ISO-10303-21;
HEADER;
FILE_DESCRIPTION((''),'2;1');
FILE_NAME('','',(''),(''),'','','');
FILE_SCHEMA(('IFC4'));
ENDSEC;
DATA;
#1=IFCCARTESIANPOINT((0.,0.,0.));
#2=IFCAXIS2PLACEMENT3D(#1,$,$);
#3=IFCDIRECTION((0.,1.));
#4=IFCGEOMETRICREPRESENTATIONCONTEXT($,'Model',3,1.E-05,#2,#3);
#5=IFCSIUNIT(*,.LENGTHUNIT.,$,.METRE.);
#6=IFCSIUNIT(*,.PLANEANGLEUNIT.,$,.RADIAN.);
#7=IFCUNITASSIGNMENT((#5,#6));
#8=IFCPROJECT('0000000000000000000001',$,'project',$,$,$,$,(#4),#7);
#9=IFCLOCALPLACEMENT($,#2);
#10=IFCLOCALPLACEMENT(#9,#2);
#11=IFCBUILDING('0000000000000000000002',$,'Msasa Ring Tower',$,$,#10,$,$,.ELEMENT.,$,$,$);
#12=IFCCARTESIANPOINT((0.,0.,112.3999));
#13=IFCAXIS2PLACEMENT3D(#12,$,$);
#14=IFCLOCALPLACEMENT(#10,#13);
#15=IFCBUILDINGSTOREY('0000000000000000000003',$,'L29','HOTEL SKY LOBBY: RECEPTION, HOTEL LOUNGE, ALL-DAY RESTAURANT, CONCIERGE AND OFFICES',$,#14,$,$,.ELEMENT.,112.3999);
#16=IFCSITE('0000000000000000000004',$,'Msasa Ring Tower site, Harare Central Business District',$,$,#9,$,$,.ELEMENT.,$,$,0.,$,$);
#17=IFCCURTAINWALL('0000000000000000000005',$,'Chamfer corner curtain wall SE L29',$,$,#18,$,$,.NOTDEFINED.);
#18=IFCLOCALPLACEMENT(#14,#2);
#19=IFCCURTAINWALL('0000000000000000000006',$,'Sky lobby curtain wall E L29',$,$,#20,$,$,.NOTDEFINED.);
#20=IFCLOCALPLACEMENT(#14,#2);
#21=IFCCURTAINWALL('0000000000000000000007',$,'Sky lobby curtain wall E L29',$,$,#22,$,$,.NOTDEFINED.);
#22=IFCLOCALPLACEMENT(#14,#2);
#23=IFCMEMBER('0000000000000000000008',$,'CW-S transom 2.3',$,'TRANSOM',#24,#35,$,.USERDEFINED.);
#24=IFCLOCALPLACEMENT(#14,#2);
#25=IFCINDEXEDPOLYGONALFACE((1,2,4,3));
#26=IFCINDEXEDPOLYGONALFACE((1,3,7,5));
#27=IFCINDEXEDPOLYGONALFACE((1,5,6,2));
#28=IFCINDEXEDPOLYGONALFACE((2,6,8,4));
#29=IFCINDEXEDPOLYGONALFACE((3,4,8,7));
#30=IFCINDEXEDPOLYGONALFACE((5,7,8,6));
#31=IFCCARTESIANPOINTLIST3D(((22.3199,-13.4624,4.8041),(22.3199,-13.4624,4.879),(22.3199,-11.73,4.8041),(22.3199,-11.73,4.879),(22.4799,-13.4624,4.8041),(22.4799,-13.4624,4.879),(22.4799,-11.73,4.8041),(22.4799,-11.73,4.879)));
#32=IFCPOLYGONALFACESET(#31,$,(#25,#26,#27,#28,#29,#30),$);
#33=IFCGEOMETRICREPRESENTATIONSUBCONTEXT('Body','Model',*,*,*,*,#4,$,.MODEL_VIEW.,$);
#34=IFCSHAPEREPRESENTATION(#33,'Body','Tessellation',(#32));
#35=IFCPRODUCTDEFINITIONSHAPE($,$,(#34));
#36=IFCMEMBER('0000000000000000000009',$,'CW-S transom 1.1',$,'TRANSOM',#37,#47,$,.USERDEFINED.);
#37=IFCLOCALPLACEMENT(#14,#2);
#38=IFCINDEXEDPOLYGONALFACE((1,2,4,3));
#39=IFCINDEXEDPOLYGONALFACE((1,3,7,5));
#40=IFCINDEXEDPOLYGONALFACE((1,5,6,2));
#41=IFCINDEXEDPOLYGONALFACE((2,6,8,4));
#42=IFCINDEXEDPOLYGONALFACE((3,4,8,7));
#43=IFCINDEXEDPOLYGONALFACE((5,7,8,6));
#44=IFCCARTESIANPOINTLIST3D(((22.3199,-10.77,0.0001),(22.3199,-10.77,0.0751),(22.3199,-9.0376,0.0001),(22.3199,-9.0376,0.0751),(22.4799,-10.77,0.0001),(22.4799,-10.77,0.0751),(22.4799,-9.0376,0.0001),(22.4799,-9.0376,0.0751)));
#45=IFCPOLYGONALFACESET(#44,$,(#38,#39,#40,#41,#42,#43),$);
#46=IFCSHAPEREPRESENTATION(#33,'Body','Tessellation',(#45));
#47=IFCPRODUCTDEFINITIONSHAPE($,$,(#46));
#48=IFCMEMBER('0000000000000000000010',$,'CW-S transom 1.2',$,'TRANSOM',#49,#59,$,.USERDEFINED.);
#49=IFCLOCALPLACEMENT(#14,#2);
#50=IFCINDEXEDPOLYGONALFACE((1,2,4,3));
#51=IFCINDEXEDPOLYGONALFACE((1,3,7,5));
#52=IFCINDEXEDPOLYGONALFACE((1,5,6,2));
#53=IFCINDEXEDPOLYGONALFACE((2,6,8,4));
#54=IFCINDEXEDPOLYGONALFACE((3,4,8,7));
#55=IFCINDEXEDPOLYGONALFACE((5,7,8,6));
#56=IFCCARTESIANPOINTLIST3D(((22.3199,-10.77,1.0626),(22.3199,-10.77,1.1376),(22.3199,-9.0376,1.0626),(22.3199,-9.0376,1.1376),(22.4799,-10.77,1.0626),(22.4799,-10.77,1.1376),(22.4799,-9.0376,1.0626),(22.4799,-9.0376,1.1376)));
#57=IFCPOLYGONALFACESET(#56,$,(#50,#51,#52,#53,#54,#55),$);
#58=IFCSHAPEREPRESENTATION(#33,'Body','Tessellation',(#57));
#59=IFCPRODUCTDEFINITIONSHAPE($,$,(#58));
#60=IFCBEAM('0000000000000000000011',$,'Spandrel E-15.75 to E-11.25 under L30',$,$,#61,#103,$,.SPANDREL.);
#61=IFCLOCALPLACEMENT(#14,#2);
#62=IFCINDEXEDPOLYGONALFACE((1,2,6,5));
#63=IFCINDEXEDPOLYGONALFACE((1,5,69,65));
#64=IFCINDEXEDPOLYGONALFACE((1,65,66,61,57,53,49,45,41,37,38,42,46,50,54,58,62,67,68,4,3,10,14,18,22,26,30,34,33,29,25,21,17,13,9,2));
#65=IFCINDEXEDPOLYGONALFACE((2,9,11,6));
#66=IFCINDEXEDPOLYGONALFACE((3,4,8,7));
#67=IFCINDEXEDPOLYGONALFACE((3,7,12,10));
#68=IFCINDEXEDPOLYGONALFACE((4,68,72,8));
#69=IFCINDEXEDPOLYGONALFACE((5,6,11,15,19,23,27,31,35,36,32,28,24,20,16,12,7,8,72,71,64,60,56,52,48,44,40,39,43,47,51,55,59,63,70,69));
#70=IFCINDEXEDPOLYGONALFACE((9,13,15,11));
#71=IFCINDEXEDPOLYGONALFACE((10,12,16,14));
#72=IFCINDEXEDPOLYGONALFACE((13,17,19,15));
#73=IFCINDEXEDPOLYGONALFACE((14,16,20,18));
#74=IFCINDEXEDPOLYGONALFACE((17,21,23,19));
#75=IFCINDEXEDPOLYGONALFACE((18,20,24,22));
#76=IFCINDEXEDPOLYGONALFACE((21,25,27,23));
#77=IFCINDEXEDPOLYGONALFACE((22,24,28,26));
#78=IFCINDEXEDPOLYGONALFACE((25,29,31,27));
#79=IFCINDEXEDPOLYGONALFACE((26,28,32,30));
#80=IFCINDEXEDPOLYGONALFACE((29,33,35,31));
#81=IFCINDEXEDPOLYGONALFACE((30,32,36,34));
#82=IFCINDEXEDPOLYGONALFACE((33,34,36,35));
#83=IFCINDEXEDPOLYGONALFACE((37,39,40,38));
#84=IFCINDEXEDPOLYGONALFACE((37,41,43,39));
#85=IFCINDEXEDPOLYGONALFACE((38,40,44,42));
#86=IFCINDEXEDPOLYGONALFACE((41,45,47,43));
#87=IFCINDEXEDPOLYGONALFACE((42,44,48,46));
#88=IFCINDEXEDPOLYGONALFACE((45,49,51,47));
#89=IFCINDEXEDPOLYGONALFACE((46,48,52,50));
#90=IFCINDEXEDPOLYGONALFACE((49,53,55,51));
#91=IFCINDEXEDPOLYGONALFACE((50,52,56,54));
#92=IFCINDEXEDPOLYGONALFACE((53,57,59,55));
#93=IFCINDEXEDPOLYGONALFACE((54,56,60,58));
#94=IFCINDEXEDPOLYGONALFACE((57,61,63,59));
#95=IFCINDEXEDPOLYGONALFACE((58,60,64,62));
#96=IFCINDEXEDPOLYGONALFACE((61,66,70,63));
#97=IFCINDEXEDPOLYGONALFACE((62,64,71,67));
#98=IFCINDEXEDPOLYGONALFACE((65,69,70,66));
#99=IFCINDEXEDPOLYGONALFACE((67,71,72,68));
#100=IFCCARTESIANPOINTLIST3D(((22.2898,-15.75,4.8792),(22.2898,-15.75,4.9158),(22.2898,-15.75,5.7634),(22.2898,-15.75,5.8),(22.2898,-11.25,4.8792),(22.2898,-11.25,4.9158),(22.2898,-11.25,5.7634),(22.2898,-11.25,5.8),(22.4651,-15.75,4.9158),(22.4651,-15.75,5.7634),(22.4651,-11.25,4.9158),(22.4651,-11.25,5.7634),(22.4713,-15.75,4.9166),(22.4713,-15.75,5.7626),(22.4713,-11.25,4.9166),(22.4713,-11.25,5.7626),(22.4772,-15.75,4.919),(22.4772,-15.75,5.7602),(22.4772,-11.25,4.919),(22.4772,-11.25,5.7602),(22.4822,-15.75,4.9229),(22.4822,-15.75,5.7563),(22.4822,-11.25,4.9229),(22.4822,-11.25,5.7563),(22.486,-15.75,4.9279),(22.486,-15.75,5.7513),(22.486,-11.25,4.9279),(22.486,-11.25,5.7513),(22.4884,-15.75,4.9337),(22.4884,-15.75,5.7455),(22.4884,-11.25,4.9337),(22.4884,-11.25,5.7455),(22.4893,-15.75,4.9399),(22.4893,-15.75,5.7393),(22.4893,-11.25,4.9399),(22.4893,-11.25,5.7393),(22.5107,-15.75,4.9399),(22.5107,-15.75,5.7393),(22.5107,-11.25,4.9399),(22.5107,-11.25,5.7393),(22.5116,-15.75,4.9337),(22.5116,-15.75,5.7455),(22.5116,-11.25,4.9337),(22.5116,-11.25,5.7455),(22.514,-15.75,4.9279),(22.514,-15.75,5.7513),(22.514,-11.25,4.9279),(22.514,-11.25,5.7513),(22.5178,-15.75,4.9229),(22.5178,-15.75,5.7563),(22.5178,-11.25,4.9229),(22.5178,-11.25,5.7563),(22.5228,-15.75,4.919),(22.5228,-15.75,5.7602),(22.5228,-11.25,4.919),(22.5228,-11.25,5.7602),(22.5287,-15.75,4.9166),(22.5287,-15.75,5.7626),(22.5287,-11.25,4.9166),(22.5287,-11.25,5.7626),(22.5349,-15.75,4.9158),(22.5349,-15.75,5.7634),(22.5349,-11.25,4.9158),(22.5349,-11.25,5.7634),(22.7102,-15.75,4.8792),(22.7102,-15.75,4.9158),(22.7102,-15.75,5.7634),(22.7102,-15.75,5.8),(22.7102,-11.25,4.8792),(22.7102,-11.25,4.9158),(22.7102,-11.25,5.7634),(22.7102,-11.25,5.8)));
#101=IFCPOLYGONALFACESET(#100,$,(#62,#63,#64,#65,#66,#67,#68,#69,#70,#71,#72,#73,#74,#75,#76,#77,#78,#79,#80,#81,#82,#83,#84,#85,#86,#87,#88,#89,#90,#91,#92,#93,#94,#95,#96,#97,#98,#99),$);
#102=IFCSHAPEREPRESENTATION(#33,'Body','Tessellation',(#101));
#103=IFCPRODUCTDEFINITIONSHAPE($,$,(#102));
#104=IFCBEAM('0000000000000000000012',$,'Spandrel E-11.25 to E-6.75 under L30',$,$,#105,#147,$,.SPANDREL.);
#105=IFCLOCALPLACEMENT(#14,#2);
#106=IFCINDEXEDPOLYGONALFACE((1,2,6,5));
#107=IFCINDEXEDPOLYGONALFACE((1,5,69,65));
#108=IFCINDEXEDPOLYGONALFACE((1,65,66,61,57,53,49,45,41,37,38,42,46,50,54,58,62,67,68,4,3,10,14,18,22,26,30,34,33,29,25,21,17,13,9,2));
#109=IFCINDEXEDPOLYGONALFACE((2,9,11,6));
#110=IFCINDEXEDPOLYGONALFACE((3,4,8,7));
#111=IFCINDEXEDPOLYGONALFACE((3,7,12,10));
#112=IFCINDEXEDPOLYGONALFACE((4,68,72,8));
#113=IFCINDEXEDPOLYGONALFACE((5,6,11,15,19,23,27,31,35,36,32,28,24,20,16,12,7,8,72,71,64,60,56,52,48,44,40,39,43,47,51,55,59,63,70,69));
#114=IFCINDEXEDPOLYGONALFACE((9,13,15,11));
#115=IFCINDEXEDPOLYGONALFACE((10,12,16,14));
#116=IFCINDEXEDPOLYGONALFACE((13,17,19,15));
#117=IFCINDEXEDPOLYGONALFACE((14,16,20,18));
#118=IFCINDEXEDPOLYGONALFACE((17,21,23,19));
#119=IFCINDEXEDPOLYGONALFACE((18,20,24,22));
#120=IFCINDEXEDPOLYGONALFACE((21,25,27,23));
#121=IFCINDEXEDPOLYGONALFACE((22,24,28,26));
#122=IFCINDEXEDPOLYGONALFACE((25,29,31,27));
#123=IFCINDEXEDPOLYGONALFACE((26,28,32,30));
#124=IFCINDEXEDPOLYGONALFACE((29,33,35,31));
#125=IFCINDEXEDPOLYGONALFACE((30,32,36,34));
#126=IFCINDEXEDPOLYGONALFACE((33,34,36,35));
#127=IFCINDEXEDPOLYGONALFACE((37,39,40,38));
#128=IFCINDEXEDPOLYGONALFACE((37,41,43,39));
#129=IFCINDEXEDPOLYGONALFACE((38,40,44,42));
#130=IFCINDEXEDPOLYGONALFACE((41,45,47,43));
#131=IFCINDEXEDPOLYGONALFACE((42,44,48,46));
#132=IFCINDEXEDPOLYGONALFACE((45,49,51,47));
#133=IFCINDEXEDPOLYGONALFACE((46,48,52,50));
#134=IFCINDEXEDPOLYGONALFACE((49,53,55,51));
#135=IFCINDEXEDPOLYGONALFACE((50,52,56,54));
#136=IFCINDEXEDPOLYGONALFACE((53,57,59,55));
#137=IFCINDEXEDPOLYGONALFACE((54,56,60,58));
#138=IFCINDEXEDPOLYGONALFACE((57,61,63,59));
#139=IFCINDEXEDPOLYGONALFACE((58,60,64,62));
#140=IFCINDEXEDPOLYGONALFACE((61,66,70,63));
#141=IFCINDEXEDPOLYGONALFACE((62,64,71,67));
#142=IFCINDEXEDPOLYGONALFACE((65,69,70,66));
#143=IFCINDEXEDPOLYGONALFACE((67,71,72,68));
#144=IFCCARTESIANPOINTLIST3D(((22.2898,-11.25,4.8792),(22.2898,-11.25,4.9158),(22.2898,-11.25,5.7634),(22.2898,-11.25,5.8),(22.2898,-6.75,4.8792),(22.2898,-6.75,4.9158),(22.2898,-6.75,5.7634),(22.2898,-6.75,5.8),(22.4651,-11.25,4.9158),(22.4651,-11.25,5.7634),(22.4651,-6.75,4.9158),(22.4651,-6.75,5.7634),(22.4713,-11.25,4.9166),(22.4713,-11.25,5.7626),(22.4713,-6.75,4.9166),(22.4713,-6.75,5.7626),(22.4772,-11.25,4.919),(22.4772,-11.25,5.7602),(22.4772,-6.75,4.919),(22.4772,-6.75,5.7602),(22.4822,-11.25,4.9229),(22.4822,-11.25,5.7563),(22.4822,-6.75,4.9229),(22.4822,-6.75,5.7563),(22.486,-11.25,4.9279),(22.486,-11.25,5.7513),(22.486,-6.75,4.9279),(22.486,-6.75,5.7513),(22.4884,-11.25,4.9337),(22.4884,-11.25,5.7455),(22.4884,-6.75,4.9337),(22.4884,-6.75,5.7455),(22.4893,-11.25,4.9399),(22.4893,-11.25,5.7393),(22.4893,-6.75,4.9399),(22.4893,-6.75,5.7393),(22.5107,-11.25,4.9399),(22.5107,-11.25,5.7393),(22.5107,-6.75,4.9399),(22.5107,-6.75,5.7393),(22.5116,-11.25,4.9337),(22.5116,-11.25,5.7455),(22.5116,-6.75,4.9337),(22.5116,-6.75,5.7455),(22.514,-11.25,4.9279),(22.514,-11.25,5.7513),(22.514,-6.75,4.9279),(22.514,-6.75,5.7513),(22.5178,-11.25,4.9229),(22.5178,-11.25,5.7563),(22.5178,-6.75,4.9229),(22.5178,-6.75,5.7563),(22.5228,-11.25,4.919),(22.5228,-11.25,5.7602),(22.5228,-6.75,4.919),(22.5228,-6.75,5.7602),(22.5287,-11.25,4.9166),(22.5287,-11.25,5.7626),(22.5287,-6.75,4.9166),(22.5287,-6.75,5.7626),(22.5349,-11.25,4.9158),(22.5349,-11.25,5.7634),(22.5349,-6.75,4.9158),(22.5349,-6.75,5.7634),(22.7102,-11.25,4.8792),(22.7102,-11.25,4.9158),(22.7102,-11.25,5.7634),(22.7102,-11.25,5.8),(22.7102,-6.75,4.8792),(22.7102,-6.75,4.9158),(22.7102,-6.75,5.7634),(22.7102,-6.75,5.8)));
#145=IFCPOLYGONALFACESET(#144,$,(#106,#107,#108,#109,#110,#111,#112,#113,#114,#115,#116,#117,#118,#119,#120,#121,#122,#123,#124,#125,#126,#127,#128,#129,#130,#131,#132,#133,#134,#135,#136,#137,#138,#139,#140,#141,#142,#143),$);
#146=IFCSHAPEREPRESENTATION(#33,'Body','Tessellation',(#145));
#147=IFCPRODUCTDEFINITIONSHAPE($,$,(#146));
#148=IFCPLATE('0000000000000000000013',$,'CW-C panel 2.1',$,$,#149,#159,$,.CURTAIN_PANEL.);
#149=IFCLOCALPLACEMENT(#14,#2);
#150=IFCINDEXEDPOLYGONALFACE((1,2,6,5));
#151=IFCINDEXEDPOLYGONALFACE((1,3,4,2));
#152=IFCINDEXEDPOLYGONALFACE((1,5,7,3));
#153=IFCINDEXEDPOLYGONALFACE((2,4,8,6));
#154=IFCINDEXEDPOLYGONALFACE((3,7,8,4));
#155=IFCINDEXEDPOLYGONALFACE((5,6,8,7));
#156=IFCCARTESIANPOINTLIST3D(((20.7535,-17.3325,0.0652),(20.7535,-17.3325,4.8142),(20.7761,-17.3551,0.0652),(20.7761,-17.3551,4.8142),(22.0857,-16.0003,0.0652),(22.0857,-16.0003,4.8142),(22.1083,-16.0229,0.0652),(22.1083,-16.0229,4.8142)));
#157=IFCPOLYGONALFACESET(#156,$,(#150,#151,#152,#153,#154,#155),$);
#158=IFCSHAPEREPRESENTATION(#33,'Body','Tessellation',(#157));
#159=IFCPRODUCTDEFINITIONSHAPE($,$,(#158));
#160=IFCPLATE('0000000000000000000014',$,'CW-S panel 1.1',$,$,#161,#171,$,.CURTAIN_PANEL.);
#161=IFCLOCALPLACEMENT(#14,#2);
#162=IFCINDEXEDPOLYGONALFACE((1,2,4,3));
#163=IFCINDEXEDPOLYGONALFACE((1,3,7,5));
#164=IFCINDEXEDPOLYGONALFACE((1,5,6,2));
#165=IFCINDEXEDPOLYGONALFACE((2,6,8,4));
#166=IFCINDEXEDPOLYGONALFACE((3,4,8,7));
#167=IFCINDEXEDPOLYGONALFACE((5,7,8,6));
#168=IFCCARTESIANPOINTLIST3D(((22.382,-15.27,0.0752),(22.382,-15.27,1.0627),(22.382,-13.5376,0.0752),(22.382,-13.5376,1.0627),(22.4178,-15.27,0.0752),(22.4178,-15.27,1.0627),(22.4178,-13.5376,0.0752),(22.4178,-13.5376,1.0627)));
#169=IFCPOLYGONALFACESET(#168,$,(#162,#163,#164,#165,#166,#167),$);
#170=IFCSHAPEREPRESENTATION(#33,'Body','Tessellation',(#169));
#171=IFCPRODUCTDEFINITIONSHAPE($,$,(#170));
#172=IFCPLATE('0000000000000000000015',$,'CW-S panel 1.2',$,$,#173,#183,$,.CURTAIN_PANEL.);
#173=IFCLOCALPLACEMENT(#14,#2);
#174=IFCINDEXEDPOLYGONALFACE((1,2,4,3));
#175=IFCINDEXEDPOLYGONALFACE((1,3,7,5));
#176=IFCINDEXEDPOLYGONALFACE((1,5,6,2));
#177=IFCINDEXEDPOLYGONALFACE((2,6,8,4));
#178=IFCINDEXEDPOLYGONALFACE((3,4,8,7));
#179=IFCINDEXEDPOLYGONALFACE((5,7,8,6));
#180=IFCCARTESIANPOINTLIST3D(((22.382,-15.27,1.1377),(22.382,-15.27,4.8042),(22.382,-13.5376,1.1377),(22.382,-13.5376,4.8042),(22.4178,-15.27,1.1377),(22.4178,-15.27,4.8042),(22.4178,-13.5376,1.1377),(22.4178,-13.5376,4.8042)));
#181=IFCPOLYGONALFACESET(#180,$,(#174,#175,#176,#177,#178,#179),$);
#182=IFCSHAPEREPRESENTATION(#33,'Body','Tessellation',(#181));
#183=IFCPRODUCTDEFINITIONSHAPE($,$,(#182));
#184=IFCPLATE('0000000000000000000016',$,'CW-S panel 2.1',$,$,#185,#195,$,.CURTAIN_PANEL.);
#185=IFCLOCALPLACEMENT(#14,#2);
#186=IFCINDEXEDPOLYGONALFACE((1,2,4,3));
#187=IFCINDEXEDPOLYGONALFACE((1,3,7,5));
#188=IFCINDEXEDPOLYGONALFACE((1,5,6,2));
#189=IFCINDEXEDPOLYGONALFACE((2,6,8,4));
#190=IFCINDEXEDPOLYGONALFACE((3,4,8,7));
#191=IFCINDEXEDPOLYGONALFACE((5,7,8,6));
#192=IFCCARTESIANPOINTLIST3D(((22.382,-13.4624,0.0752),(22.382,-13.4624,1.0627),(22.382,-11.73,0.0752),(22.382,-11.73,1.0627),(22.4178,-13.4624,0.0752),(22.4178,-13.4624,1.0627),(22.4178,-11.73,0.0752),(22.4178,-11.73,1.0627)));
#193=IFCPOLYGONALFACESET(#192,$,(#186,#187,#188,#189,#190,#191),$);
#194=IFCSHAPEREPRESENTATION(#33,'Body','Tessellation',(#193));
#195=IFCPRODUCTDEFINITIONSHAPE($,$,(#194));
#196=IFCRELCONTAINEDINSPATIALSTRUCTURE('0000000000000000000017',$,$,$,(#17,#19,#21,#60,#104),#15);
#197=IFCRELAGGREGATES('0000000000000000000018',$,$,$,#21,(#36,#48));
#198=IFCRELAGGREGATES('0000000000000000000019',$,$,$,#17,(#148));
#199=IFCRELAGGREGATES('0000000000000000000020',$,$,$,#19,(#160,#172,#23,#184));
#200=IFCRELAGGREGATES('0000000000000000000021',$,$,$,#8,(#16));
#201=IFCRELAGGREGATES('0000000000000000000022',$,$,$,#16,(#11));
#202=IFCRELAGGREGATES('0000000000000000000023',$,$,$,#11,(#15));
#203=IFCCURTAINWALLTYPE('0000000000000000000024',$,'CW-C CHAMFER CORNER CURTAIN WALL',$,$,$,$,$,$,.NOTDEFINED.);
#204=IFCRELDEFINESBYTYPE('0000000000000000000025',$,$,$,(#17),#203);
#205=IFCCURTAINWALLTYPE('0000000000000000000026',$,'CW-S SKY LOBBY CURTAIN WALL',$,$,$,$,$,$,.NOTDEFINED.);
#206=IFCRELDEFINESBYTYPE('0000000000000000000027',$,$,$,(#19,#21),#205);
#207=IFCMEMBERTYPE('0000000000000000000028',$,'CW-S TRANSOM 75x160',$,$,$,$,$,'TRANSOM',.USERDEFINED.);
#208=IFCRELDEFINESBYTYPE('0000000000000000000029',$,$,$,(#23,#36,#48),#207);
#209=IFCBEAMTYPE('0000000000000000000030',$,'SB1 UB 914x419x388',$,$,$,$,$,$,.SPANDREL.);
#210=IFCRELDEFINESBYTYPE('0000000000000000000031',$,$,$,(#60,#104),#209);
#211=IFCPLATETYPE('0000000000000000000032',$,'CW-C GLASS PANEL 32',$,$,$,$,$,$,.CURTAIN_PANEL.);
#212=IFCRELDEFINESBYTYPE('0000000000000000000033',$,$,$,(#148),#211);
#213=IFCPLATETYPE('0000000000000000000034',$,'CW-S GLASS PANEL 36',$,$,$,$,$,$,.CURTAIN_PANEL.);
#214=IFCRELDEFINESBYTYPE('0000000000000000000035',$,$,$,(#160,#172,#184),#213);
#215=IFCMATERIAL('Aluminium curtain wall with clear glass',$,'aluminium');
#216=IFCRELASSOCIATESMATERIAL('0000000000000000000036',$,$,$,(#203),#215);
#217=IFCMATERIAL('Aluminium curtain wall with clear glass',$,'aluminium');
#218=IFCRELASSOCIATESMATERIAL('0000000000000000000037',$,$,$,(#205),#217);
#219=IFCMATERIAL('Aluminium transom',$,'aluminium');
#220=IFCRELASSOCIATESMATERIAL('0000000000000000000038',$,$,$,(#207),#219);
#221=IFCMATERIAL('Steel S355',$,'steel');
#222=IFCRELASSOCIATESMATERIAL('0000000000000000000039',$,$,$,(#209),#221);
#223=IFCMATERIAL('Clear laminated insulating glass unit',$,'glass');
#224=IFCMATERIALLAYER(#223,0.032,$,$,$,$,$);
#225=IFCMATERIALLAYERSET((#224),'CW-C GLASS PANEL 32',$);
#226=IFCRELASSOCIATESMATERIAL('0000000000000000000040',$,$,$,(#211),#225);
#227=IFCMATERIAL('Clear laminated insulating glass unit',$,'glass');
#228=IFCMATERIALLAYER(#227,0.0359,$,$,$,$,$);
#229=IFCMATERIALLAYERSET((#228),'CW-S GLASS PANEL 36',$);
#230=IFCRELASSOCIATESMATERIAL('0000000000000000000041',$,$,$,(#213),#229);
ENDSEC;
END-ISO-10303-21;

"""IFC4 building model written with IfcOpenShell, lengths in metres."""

from ifc_helpers import new_model, si_unit, direction, frame, origin, origin_2d, place, context, subcontext, project, spatial, rectangle, i_section, extrude, material, layer, layer_set, material_profile, profile_set, type_object, element, aggregate, save


model = new_model("IFC4")

# Units and contexts
model_context = context("Model", 3, precision=1e-05, world=origin(), true_north=direction((0.0, 1.0)))
body_context = subcontext(model_context, "Body", "Model", "MODEL_VIEW")
ifc_project = project(units=[si_unit("LENGTHUNIT", "METRE"), si_unit("PLANEANGLEUNIT", "RADIAN")], contexts=[model_context])

# Site, building, storey
site_placement = place(None, origin())
site = spatial("IfcSite", under=ifc_project, at=site_placement, Name="Msasa Ring Tower site, Harare Central Business District", CompositionType="ELEMENT", RefElevation=0.0)
building_placement = place(site_placement, origin())
building = spatial("IfcBuilding", under=site, at=building_placement, Name="Msasa Ring Tower", CompositionType="ELEMENT")
storey_placement = place(building_placement, frame((0.0, 0.0, 112.3999)))
storey = spatial("IfcBuildingStorey", under=building, at=storey_placement, Name="L29", Description="HOTEL SKY LOBBY: RECEPTION, HOTEL LOUNGE, ALL-DAY RESTAURANT, CONCIERGE AND OFFICES", CompositionType="ELEMENT", Elevation=112.3999)

# Curtain walls
ifc_material_1 = material(Name="Aluminium curtain wall with clear glass", Category="aluminium")
curtain_wall_type_1 = type_object("IfcCurtainWallType", Name="CW-C CHAMFER CORNER CURTAIN WALL", PredefinedType="NOTDEFINED", material=ifc_material_1)
curtain_wall_1_placement = place(storey_placement, origin())
curtain_wall_1 = element("IfcCurtainWall", 1, at=curtain_wall_1_placement, inside=storey, type_object=curtain_wall_type_1, Name="Chamfer corner curtain wall SE L29", PredefinedType="NOTDEFINED")
ifc_material_2 = material(Name="Aluminium curtain wall with clear glass", Category="aluminium")
curtain_wall_type_2 = type_object("IfcCurtainWallType", Name="CW-S SKY LOBBY CURTAIN WALL", PredefinedType="NOTDEFINED", material=ifc_material_2)
curtain_wall_2_placement = place(storey_placement, origin())
curtain_wall_2 = element("IfcCurtainWall", 2, at=curtain_wall_2_placement, inside=storey, type_object=curtain_wall_type_2, Name="Sky lobby curtain wall E L29", PredefinedType="NOTDEFINED")

# Curtain wall
curtain_wall_3_placement = place(storey_placement, origin())
curtain_wall_3 = element("IfcCurtainWall", 3, at=curtain_wall_3_placement, inside=storey, type_object=curtain_wall_type_2, Name="Sky lobby curtain wall E L29", PredefinedType="NOTDEFINED")

# Members
ifc_material_3 = material(Name="Aluminium transom", Category="aluminium")
ifc_material_profile_1 = material_profile(ifc_material_3, rectangle(XDim=0.1599, YDim=0.075, at=origin_2d()), Name="AL 75x160")
ifc_profile_set_1 = profile_set([ifc_material_profile_1], Name="Aluminium transom")
member_type_1 = type_object("IfcMemberType", Name="CW-S TRANSOM 75x160", ElementType="TRANSOM", PredefinedType="USERDEFINED", material=ifc_profile_set_1)
member_1_placement = place(storey_placement, frame((22.3999, -13.4624, 4.8416), z_axis=(0.0, 1.0, 0.0), x_axis=(-1.0, 0.0, 0.0)))
member_1 = element("IfcMember", 4, at=member_1_placement, type_object=member_type_1, Name="CW-S transom 2.3", ObjectType="TRANSOM", PredefinedType="USERDEFINED", context=body_context, shape_type="SweptSolid", body=[
    extrude(rectangle(XDim=0.1599, YDim=0.075, at=origin_2d()), origin(), (0.0, 0.0, 1.0), 1.7324),
])
member_2_placement = place(storey_placement, frame((22.3999, -10.77, 0.0376), z_axis=(0.0, 1.0, 0.0), x_axis=(-1.0, 0.0, 0.0)))
member_2 = element("IfcMember", 5, at=member_2_placement, type_object=member_type_1, Name="CW-S transom 1.1", ObjectType="TRANSOM", PredefinedType="USERDEFINED", context=body_context, shape_type="SweptSolid", body=[
    extrude(rectangle(XDim=0.1599, YDim=0.075, at=origin_2d()), origin(), (0.0, 0.0, 1.0), 1.7324),
])
member_3_placement = place(storey_placement, frame((22.3999, -10.77, 1.1001), z_axis=(0.0, 1.0, 0.0), x_axis=(-1.0, 0.0, 0.0)))
member_3 = element("IfcMember", 6, at=member_3_placement, type_object=member_type_1, Name="CW-S transom 1.2", ObjectType="TRANSOM", PredefinedType="USERDEFINED", context=body_context, shape_type="SweptSolid", body=[
    extrude(rectangle(XDim=0.1599, YDim=0.075, at=origin_2d()), origin(), (0.0, 0.0, 1.0), 1.7324),
])
aggregate(curtain_wall_3, [member_2, member_3])

# Beams
ifc_material_4 = material(Name="Steel S355", Category="steel")
ifc_material_profile_2 = material_profile(ifc_material_4, i_section(OverallWidth=0.4204, OverallDepth=0.9209, WebThickness=0.0215, FlangeThickness=0.0366, FilletRadius=0.0242, at=origin_2d()), Name="UB 914x419x388")
ifc_profile_set_2 = profile_set([ifc_material_profile_2], Name="Steel S355")
beam_type = type_object("IfcBeamType", Name="SB1 UB 914x419x388", PredefinedType="SPANDREL", material=ifc_profile_set_2)
for number, where, z_axis, x_axis, name in (
    (7, (22.5, -15.75, 5.3396), (0.0, 1.0, 0.0), (-1.0, 0.0, 0.0), "Spandrel E-15.75 to E-11.25 under L30"),
    (8, (22.5, -11.25, 5.3396), (0.0, 1.0, 0.0), (-1.0, 0.0, 0.0), "Spandrel E-11.25 to E-6.75 under L30"),
):
    element("IfcBeam", number, at=place(storey_placement, frame(where, z_axis=z_axis, x_axis=x_axis)), inside=storey, type_object=beam_type, Name=name, PredefinedType="SPANDREL", context=body_context, shape_type="SweptSolid", body=[
        extrude(i_section(OverallWidth=0.4204, OverallDepth=0.9209, WebThickness=0.0215, FlangeThickness=0.0366, FilletRadius=0.0242, at=origin_2d()), origin(), (0.0, 0.0, 1.0), 4.5),
    ])

# Plates
ifc_material_5 = material(Name="Clear laminated insulating glass unit", Category="glass")
ifc_layer_1 = layer(ifc_material_5, 0.032)
ifc_layer_set_1 = layer_set([ifc_layer_1], Name="CW-C GLASS PANEL 32")
plate_type_1 = type_object("IfcPlateType", Name="CW-C GLASS PANEL 32", PredefinedType="CURTAIN_PANEL", material=ifc_layer_set_1)
plate_1_placement = place(storey_placement, frame((21.4309, -16.6777, 0.0652), z_axis=(0.0, 0.0, 1.0), x_axis=(0.707107, 0.707107, 0.0)))
plate_1 = element("IfcPlate", 9, at=plate_1_placement, type_object=plate_type_1, Name="CW-C panel 2.1", PredefinedType="CURTAIN_PANEL", context=body_context, shape_type="SweptSolid", body=[
    extrude(rectangle(XDim=1.884, YDim=0.032, at=origin_2d()), origin(), (0.0, 0.0, 1.0), 4.749),
])
aggregate(curtain_wall_1, [plate_1])
ifc_material_6 = material(Name="Clear laminated insulating glass unit", Category="glass")
ifc_layer_2 = layer(ifc_material_6, 0.0359)
ifc_layer_set_2 = layer_set([ifc_layer_2], Name="CW-S GLASS PANEL 36")
plate_type_2 = type_object("IfcPlateType", Name="CW-S GLASS PANEL 36", PredefinedType="CURTAIN_PANEL", material=ifc_layer_set_2)
plate_2_placement = place(storey_placement, frame((22.3999, -14.4038, 0.0752), z_axis=(0.0, 0.0, 1.0), x_axis=(0.0, 1.0, 0.0)))
plate_2 = element("IfcPlate", 10, at=plate_2_placement, type_object=plate_type_2, Name="CW-S panel 1.1", PredefinedType="CURTAIN_PANEL", context=body_context, shape_type="SweptSolid", body=[
    extrude(rectangle(XDim=1.7324, YDim=0.0359, at=origin_2d()), origin(), (0.0, 0.0, 1.0), 0.9875),
])
plate_3_placement = place(storey_placement, frame((22.3999, -14.4038, 1.1377), z_axis=(0.0, 0.0, 1.0), x_axis=(0.0, 1.0, 0.0)))
plate_3 = element("IfcPlate", 11, at=plate_3_placement, type_object=plate_type_2, Name="CW-S panel 1.2", PredefinedType="CURTAIN_PANEL", context=body_context, shape_type="SweptSolid", body=[
    extrude(rectangle(XDim=1.7324, YDim=0.0359, at=origin_2d()), origin(), (0.0, 0.0, 1.0), 3.6665),
])
plate_4_placement = place(storey_placement, frame((22.3999, -12.5962, 0.0752), z_axis=(0.0, 0.0, 1.0), x_axis=(0.0, 1.0, 0.0)))
plate_4 = element("IfcPlate", 12, at=plate_4_placement, type_object=plate_type_2, Name="CW-S panel 2.1", PredefinedType="CURTAIN_PANEL", context=body_context, shape_type="SweptSolid", body=[
    extrude(rectangle(XDim=1.7324, YDim=0.0359, at=origin_2d()), origin(), (0.0, 0.0, 1.0), 0.9875),
])
aggregate(curtain_wall_2, [plate_2, plate_3, member_1, plate_4])

save(model, "model.ifc")
